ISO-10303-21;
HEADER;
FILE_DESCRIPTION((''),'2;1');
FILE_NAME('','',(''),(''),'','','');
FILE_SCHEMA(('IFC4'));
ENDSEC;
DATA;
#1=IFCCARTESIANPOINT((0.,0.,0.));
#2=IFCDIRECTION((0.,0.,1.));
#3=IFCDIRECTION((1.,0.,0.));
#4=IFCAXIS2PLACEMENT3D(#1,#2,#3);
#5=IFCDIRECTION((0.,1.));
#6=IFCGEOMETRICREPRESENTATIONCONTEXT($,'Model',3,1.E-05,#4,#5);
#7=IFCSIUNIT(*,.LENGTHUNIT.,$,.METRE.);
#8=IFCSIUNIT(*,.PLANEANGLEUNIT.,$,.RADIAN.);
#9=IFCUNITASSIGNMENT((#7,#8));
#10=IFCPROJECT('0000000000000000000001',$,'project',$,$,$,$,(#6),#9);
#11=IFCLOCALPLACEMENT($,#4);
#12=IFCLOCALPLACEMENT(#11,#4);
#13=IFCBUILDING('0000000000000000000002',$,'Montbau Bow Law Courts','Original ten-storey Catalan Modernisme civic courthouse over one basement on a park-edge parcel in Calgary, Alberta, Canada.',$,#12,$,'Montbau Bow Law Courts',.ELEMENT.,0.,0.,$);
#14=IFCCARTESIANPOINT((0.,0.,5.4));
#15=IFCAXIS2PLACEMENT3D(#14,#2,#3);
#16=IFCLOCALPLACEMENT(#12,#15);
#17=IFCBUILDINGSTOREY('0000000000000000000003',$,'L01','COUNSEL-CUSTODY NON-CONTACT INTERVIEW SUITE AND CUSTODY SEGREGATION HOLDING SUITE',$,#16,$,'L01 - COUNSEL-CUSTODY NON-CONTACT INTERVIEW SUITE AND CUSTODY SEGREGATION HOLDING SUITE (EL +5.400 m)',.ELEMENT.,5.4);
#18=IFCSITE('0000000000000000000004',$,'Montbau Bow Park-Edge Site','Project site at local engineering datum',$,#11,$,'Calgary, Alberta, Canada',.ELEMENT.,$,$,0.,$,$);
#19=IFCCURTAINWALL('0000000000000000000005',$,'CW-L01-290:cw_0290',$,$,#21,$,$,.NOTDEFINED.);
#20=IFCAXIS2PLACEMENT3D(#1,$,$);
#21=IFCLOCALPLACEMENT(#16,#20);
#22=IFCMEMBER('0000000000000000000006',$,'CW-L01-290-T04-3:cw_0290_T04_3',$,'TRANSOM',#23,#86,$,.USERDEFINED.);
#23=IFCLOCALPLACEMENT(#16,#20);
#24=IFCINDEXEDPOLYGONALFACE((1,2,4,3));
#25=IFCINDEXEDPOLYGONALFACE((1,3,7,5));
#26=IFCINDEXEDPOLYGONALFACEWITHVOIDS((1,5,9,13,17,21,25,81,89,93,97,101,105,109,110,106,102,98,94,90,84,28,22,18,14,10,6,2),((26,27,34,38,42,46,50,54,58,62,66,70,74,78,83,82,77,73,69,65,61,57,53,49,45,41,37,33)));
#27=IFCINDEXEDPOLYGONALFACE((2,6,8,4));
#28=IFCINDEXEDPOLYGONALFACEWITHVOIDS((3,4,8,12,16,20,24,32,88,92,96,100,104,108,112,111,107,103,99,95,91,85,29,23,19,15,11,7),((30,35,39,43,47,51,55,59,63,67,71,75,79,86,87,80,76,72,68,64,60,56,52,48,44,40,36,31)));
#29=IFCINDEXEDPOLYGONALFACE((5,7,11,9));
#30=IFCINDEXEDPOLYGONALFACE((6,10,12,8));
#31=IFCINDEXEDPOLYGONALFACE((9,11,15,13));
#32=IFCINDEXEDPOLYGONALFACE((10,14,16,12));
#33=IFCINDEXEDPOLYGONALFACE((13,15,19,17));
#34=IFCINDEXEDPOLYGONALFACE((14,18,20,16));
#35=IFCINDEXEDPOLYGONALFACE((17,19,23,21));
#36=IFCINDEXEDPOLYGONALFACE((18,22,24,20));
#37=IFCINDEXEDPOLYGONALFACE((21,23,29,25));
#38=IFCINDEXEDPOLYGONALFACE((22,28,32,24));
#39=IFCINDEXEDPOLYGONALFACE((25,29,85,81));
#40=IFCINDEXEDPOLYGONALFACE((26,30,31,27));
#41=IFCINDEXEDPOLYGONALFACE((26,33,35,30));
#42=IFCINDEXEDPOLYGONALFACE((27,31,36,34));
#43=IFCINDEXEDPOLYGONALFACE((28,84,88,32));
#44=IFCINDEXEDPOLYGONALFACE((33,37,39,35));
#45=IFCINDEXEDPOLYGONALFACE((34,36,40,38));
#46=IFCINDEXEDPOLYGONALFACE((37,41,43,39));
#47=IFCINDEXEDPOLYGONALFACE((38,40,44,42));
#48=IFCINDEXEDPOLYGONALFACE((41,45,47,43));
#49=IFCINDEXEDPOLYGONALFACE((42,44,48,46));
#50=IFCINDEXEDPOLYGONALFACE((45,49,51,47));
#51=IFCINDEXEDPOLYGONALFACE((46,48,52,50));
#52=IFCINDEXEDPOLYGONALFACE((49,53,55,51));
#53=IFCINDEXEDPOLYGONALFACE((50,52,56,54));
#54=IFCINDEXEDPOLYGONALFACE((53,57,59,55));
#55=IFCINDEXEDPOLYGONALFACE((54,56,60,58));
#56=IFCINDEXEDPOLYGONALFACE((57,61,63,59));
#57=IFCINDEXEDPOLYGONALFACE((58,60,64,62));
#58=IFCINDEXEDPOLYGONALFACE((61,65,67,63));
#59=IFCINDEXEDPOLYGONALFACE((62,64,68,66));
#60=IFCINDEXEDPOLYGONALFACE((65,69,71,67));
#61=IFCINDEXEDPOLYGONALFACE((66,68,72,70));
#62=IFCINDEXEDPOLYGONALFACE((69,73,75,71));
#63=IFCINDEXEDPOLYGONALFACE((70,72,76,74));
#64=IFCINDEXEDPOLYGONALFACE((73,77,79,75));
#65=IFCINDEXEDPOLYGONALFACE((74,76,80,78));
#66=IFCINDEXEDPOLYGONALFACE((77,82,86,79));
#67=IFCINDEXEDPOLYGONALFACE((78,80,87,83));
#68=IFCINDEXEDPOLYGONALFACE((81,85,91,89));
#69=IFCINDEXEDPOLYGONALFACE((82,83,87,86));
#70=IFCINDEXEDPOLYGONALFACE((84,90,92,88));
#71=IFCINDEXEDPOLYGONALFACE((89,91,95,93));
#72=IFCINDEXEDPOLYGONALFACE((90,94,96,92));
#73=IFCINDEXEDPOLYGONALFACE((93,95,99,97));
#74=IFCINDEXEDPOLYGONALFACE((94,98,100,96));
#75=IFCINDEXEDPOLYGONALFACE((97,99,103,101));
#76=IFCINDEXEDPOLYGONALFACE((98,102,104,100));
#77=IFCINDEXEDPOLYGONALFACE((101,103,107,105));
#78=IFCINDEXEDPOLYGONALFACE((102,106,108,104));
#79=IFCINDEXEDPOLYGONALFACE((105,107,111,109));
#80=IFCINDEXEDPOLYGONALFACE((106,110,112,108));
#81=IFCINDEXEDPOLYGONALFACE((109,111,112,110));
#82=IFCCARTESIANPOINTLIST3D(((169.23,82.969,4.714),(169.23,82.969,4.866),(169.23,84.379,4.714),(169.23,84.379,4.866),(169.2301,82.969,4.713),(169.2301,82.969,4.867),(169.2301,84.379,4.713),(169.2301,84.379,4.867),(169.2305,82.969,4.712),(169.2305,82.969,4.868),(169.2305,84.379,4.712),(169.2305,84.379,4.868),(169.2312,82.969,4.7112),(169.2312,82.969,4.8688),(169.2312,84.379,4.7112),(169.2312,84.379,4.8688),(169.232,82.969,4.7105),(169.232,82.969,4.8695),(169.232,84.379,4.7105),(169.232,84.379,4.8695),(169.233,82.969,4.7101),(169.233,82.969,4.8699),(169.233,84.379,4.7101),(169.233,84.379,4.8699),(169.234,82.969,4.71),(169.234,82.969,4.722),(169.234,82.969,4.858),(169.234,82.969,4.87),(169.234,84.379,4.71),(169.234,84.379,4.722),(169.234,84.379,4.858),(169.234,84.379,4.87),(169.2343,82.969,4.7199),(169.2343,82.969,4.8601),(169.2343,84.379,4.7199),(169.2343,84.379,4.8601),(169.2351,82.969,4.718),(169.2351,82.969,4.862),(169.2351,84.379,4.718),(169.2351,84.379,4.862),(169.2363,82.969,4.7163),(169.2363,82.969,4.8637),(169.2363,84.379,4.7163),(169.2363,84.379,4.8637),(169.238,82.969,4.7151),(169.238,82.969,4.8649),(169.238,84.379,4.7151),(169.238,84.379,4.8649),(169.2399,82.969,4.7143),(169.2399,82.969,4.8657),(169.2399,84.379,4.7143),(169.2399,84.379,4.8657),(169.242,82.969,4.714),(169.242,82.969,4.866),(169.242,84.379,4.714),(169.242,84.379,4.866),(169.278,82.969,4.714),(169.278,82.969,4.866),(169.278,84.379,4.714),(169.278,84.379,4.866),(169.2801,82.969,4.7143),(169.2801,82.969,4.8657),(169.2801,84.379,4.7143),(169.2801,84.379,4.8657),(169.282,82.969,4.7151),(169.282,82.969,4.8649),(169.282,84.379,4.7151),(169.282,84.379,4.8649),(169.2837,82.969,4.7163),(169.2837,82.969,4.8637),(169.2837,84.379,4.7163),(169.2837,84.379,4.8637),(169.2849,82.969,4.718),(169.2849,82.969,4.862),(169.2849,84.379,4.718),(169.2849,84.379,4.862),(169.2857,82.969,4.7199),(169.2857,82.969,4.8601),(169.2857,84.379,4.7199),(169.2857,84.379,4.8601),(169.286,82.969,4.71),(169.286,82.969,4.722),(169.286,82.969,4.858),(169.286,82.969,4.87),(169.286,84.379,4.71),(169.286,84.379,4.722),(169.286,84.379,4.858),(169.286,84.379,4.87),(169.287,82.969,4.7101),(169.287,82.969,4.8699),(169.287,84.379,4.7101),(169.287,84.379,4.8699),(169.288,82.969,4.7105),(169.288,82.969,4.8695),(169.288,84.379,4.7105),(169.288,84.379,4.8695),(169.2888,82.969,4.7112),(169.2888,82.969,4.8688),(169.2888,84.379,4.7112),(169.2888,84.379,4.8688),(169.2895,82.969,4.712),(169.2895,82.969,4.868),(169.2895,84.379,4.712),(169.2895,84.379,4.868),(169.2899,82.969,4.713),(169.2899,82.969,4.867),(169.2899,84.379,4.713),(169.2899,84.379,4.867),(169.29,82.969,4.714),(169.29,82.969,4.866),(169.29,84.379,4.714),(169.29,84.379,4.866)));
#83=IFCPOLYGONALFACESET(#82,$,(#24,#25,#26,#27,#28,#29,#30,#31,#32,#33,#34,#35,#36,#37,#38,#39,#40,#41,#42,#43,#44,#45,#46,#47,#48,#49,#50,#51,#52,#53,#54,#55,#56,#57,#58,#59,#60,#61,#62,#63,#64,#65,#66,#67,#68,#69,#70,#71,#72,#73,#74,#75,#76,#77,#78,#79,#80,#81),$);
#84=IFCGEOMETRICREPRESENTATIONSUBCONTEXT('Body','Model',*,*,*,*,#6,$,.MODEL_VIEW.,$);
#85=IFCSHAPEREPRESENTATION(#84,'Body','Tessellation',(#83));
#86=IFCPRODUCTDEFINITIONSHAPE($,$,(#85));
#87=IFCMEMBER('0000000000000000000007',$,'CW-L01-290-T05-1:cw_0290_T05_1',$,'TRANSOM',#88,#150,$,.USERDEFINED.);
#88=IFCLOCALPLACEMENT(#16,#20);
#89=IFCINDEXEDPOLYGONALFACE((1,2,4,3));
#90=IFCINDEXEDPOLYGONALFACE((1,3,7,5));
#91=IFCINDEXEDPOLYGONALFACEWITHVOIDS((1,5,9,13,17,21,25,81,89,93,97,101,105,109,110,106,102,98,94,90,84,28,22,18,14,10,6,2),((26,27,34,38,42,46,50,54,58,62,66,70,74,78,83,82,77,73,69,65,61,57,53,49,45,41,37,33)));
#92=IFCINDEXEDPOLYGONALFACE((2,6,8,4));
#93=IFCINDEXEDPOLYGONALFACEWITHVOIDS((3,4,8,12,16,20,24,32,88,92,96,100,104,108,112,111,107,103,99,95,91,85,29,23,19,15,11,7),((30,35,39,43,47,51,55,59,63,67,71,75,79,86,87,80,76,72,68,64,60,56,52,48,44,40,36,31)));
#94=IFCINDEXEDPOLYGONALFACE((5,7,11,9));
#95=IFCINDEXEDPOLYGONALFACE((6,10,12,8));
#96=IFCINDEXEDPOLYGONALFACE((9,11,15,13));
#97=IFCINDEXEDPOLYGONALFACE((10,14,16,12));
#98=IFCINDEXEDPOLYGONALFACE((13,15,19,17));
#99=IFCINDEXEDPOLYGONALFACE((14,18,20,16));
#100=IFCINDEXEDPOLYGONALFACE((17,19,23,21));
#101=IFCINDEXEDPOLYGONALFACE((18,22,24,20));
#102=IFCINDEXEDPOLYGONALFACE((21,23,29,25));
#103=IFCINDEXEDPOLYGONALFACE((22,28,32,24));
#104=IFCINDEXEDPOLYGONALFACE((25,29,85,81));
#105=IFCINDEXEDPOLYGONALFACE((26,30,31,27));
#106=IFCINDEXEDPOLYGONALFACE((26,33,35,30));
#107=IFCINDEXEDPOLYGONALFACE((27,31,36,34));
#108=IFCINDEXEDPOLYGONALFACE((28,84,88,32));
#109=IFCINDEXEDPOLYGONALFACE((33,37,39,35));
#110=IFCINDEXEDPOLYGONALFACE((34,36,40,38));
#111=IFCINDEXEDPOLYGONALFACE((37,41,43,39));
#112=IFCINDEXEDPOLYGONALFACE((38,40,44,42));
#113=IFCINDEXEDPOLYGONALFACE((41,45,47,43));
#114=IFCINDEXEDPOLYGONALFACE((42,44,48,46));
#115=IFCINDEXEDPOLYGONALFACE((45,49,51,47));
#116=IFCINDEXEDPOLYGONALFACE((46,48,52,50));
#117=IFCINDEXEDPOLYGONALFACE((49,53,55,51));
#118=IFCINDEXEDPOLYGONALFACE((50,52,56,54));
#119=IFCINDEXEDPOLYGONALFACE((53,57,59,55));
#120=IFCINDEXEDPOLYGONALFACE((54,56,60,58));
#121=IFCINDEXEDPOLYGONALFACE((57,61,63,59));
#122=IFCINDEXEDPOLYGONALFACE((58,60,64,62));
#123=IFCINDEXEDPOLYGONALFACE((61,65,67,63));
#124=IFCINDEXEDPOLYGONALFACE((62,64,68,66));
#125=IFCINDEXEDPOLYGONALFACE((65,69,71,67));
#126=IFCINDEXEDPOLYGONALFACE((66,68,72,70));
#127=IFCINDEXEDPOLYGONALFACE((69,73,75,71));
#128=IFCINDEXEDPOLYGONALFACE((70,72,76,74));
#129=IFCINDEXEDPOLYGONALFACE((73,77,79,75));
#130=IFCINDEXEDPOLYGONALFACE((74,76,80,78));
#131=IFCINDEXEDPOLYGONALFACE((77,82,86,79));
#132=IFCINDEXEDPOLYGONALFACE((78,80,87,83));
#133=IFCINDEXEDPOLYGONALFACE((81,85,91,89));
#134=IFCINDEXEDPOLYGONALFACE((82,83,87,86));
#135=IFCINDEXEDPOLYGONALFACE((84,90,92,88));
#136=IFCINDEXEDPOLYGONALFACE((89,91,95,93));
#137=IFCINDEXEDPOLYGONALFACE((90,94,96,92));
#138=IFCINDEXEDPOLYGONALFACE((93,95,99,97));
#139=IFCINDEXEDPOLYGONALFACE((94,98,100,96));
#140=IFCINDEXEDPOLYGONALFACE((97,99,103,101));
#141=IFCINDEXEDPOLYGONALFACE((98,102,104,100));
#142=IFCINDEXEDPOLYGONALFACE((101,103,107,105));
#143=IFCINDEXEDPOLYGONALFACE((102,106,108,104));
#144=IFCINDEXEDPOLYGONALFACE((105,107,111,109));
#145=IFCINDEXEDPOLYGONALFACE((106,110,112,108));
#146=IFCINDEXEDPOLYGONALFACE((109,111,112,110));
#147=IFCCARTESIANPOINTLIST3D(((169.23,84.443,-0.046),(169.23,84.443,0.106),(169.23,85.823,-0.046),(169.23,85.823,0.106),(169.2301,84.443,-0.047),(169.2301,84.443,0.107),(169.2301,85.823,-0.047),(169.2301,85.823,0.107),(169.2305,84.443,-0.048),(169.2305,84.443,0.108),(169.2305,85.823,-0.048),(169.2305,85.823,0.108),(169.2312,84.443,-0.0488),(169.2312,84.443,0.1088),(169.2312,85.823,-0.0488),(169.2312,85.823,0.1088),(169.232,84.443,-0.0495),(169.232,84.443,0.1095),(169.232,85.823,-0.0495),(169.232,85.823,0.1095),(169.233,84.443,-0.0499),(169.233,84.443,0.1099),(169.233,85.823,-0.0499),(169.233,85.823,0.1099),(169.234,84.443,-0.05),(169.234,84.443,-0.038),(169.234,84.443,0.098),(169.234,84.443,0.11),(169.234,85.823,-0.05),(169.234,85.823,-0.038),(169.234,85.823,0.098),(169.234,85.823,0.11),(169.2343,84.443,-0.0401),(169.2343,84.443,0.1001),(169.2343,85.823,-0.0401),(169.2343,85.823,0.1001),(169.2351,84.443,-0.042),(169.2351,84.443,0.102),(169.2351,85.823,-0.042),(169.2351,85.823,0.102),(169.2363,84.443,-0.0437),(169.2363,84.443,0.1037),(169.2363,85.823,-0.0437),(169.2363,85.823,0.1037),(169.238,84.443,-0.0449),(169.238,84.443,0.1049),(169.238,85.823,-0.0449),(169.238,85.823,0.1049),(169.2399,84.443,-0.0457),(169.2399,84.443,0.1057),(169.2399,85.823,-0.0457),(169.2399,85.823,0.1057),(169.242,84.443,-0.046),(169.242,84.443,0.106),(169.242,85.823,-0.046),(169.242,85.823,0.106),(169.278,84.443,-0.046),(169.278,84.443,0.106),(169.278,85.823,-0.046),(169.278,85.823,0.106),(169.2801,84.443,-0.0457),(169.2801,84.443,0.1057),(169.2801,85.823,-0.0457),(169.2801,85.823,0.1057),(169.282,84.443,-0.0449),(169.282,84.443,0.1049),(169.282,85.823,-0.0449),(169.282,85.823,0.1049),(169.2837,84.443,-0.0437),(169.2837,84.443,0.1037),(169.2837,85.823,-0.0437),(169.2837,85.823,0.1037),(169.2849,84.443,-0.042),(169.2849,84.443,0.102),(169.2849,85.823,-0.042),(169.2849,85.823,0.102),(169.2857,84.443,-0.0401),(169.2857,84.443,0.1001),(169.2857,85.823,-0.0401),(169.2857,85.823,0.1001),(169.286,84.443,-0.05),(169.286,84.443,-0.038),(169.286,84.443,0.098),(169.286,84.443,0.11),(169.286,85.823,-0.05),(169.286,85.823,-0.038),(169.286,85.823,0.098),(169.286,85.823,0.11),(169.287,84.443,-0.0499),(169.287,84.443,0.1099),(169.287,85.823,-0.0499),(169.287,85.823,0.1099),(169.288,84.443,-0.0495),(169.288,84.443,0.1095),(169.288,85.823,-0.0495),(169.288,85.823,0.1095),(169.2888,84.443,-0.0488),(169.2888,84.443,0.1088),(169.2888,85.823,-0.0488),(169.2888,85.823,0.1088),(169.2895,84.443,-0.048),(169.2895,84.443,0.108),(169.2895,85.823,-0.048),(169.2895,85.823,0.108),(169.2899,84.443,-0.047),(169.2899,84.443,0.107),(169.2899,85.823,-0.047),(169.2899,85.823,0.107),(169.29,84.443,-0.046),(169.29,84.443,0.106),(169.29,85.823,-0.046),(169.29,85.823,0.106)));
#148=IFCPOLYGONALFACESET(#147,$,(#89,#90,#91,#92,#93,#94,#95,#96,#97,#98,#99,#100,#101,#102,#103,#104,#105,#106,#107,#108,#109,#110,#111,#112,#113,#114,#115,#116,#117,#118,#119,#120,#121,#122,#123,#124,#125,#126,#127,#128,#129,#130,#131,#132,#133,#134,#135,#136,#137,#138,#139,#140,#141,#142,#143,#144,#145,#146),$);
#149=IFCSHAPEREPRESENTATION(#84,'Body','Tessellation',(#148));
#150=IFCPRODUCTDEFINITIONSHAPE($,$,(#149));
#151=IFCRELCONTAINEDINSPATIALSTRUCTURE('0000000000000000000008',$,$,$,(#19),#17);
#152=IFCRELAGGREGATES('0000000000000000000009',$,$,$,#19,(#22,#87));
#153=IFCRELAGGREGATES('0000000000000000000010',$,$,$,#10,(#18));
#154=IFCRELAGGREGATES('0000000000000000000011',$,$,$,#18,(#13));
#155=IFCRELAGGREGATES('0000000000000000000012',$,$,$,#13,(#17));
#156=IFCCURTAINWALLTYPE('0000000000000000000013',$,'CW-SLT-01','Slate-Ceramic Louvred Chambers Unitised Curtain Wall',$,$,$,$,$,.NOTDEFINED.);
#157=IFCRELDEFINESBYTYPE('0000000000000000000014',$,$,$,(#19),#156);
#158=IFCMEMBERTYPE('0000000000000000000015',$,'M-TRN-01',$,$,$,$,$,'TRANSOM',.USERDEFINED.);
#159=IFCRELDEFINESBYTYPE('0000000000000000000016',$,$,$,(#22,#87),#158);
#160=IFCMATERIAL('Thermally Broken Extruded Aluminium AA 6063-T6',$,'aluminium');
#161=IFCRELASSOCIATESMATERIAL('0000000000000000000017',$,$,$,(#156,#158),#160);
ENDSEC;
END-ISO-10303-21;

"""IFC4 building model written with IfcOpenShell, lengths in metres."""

from ifc_helpers import new_model, si_unit, direction, frame, origin_with_axes, origin_2d_with_axis, place, context, subcontext, project, spatial, hollow_rectangle, extrude, material, material_profile, profile_set, type_object, element, aggregate, save


model = new_model("IFC4")

# Units and contexts
model_context = context("Model", 3, precision=1e-05, world=origin_with_axes(), true_north=direction((0.0, 1.0)))
body_context = subcontext(model_context, "Body", "Model", "MODEL_VIEW")
ifc_project = project(units=[si_unit("LENGTHUNIT", "METRE"), si_unit("PLANEANGLEUNIT", "RADIAN")], contexts=[model_context])

# Site, building, storey
site_placement = place(None, origin_with_axes())
site = spatial("IfcSite", under=ifc_project, at=site_placement, Name="Montbau Bow Park-Edge Site", Description="Project site at local engineering datum", LongName="Calgary, Alberta, Canada", CompositionType="ELEMENT", RefElevation=0.0)
building_placement = place(site_placement, origin_with_axes())
building = spatial("IfcBuilding", under=site, at=building_placement, Name="Montbau Bow Law Courts", Description="Original ten-storey Catalan Modernisme civic courthouse over one basement on a park-edge parcel in Calgary, Alberta, Canada.", LongName="Montbau Bow Law Courts", CompositionType="ELEMENT", ElevationOfRefHeight=0.0, ElevationOfTerrain=0.0)
storey_placement = place(building_placement, frame((0.0, 0.0, 5.4), z_axis=(0.0, 0.0, 1.0), x_axis=(1.0, 0.0, 0.0)))
storey = spatial("IfcBuildingStorey", under=building, at=storey_placement, Name="L01", Description="COUNSEL-CUSTODY NON-CONTACT INTERVIEW SUITE AND CUSTODY SEGREGATION HOLDING SUITE", LongName="L01 - COUNSEL-CUSTODY NON-CONTACT INTERVIEW SUITE AND CUSTODY SEGREGATION HOLDING SUITE (EL +5.400 m)", CompositionType="ELEMENT", Elevation=5.4)

# Curtain wall, members
ifc_material_1 = material(Name="Thermally Broken Extruded Aluminium AA 6063-T6", Category="aluminium")
curtain_wall_type = type_object("IfcCurtainWallType", Name="CW-SLT-01", Description="Slate-Ceramic Louvred Chambers Unitised Curtain Wall", PredefinedType="NOTDEFINED", material=ifc_material_1)
curtain_wall_placement = place(None, frame((169.26, 78.515, 5.4), z_axis=(0.0, 0.0, 1.0), x_axis=(1.0, 0.0, 0.0)))
curtain_wall = element("IfcCurtainWall", 1, at=curtain_wall_placement, inside=storey, type_object=curtain_wall_type, Name="CW-L01-290:cw_0290", PredefinedType="NOTDEFINED")
ifc_material_profile_1 = material_profile(ifc_material_1, hollow_rectangle(XDim=0.06, YDim=0.16, WallThickness=0.004, InnerFilletRadius=0.008, OuterFilletRadius=0.004, at=origin_2d_with_axis()), Name="CWT-160X60", Category="Main", Priority=0)
ifc_profile_set_1 = profile_set([ifc_material_profile_1], Name="Thermally Broken Extruded Aluminium AA 6063-T6")
member_type_1 = type_object("IfcMemberType", Name="M-TRN-01", ElementType="TRANSOM", PredefinedType="USERDEFINED", material=ifc_profile_set_1)
member_1_placement = place(None, frame((169.26, 82.969, 10.19), z_axis=(0.0, 1.0, 0.0), x_axis=(-1.0, 0.0, 0.0)))
member_1 = element("IfcMember", 2, at=member_1_placement, type_object=member_type_1, Name="CW-L01-290-T04-3:cw_0290_T04_3", ObjectType="TRANSOM", PredefinedType="USERDEFINED", context=body_context, shape_type="SweptSolid", body=[
    extrude(hollow_rectangle(XDim=0.06, YDim=0.16, WallThickness=0.004, InnerFilletRadius=0.008, OuterFilletRadius=0.004, at=origin_2d_with_axis()), origin_with_axes(), (0.0, 0.0, 1.0), 1.41),
])
member_2_placement = place(None, frame((169.26, 84.443, 5.43), z_axis=(0.0, 1.0, 0.0), x_axis=(-1.0, 0.0, 0.0)))
member_2 = element("IfcMember", 3, at=member_2_placement, type_object=member_type_1, Name="CW-L01-290-T05-1:cw_0290_T05_1", ObjectType="TRANSOM", PredefinedType="USERDEFINED", context=body_context, shape_type="SweptSolid", body=[
    extrude(hollow_rectangle(XDim=0.06, YDim=0.16, WallThickness=0.004, InnerFilletRadius=0.008, OuterFilletRadius=0.004, at=origin_2d_with_axis()), origin_with_axes(), (0.0, 0.0, 1.0), 1.38),
])
aggregate(curtain_wall, [member_1, member_2])

save(model, "model.ifc")
